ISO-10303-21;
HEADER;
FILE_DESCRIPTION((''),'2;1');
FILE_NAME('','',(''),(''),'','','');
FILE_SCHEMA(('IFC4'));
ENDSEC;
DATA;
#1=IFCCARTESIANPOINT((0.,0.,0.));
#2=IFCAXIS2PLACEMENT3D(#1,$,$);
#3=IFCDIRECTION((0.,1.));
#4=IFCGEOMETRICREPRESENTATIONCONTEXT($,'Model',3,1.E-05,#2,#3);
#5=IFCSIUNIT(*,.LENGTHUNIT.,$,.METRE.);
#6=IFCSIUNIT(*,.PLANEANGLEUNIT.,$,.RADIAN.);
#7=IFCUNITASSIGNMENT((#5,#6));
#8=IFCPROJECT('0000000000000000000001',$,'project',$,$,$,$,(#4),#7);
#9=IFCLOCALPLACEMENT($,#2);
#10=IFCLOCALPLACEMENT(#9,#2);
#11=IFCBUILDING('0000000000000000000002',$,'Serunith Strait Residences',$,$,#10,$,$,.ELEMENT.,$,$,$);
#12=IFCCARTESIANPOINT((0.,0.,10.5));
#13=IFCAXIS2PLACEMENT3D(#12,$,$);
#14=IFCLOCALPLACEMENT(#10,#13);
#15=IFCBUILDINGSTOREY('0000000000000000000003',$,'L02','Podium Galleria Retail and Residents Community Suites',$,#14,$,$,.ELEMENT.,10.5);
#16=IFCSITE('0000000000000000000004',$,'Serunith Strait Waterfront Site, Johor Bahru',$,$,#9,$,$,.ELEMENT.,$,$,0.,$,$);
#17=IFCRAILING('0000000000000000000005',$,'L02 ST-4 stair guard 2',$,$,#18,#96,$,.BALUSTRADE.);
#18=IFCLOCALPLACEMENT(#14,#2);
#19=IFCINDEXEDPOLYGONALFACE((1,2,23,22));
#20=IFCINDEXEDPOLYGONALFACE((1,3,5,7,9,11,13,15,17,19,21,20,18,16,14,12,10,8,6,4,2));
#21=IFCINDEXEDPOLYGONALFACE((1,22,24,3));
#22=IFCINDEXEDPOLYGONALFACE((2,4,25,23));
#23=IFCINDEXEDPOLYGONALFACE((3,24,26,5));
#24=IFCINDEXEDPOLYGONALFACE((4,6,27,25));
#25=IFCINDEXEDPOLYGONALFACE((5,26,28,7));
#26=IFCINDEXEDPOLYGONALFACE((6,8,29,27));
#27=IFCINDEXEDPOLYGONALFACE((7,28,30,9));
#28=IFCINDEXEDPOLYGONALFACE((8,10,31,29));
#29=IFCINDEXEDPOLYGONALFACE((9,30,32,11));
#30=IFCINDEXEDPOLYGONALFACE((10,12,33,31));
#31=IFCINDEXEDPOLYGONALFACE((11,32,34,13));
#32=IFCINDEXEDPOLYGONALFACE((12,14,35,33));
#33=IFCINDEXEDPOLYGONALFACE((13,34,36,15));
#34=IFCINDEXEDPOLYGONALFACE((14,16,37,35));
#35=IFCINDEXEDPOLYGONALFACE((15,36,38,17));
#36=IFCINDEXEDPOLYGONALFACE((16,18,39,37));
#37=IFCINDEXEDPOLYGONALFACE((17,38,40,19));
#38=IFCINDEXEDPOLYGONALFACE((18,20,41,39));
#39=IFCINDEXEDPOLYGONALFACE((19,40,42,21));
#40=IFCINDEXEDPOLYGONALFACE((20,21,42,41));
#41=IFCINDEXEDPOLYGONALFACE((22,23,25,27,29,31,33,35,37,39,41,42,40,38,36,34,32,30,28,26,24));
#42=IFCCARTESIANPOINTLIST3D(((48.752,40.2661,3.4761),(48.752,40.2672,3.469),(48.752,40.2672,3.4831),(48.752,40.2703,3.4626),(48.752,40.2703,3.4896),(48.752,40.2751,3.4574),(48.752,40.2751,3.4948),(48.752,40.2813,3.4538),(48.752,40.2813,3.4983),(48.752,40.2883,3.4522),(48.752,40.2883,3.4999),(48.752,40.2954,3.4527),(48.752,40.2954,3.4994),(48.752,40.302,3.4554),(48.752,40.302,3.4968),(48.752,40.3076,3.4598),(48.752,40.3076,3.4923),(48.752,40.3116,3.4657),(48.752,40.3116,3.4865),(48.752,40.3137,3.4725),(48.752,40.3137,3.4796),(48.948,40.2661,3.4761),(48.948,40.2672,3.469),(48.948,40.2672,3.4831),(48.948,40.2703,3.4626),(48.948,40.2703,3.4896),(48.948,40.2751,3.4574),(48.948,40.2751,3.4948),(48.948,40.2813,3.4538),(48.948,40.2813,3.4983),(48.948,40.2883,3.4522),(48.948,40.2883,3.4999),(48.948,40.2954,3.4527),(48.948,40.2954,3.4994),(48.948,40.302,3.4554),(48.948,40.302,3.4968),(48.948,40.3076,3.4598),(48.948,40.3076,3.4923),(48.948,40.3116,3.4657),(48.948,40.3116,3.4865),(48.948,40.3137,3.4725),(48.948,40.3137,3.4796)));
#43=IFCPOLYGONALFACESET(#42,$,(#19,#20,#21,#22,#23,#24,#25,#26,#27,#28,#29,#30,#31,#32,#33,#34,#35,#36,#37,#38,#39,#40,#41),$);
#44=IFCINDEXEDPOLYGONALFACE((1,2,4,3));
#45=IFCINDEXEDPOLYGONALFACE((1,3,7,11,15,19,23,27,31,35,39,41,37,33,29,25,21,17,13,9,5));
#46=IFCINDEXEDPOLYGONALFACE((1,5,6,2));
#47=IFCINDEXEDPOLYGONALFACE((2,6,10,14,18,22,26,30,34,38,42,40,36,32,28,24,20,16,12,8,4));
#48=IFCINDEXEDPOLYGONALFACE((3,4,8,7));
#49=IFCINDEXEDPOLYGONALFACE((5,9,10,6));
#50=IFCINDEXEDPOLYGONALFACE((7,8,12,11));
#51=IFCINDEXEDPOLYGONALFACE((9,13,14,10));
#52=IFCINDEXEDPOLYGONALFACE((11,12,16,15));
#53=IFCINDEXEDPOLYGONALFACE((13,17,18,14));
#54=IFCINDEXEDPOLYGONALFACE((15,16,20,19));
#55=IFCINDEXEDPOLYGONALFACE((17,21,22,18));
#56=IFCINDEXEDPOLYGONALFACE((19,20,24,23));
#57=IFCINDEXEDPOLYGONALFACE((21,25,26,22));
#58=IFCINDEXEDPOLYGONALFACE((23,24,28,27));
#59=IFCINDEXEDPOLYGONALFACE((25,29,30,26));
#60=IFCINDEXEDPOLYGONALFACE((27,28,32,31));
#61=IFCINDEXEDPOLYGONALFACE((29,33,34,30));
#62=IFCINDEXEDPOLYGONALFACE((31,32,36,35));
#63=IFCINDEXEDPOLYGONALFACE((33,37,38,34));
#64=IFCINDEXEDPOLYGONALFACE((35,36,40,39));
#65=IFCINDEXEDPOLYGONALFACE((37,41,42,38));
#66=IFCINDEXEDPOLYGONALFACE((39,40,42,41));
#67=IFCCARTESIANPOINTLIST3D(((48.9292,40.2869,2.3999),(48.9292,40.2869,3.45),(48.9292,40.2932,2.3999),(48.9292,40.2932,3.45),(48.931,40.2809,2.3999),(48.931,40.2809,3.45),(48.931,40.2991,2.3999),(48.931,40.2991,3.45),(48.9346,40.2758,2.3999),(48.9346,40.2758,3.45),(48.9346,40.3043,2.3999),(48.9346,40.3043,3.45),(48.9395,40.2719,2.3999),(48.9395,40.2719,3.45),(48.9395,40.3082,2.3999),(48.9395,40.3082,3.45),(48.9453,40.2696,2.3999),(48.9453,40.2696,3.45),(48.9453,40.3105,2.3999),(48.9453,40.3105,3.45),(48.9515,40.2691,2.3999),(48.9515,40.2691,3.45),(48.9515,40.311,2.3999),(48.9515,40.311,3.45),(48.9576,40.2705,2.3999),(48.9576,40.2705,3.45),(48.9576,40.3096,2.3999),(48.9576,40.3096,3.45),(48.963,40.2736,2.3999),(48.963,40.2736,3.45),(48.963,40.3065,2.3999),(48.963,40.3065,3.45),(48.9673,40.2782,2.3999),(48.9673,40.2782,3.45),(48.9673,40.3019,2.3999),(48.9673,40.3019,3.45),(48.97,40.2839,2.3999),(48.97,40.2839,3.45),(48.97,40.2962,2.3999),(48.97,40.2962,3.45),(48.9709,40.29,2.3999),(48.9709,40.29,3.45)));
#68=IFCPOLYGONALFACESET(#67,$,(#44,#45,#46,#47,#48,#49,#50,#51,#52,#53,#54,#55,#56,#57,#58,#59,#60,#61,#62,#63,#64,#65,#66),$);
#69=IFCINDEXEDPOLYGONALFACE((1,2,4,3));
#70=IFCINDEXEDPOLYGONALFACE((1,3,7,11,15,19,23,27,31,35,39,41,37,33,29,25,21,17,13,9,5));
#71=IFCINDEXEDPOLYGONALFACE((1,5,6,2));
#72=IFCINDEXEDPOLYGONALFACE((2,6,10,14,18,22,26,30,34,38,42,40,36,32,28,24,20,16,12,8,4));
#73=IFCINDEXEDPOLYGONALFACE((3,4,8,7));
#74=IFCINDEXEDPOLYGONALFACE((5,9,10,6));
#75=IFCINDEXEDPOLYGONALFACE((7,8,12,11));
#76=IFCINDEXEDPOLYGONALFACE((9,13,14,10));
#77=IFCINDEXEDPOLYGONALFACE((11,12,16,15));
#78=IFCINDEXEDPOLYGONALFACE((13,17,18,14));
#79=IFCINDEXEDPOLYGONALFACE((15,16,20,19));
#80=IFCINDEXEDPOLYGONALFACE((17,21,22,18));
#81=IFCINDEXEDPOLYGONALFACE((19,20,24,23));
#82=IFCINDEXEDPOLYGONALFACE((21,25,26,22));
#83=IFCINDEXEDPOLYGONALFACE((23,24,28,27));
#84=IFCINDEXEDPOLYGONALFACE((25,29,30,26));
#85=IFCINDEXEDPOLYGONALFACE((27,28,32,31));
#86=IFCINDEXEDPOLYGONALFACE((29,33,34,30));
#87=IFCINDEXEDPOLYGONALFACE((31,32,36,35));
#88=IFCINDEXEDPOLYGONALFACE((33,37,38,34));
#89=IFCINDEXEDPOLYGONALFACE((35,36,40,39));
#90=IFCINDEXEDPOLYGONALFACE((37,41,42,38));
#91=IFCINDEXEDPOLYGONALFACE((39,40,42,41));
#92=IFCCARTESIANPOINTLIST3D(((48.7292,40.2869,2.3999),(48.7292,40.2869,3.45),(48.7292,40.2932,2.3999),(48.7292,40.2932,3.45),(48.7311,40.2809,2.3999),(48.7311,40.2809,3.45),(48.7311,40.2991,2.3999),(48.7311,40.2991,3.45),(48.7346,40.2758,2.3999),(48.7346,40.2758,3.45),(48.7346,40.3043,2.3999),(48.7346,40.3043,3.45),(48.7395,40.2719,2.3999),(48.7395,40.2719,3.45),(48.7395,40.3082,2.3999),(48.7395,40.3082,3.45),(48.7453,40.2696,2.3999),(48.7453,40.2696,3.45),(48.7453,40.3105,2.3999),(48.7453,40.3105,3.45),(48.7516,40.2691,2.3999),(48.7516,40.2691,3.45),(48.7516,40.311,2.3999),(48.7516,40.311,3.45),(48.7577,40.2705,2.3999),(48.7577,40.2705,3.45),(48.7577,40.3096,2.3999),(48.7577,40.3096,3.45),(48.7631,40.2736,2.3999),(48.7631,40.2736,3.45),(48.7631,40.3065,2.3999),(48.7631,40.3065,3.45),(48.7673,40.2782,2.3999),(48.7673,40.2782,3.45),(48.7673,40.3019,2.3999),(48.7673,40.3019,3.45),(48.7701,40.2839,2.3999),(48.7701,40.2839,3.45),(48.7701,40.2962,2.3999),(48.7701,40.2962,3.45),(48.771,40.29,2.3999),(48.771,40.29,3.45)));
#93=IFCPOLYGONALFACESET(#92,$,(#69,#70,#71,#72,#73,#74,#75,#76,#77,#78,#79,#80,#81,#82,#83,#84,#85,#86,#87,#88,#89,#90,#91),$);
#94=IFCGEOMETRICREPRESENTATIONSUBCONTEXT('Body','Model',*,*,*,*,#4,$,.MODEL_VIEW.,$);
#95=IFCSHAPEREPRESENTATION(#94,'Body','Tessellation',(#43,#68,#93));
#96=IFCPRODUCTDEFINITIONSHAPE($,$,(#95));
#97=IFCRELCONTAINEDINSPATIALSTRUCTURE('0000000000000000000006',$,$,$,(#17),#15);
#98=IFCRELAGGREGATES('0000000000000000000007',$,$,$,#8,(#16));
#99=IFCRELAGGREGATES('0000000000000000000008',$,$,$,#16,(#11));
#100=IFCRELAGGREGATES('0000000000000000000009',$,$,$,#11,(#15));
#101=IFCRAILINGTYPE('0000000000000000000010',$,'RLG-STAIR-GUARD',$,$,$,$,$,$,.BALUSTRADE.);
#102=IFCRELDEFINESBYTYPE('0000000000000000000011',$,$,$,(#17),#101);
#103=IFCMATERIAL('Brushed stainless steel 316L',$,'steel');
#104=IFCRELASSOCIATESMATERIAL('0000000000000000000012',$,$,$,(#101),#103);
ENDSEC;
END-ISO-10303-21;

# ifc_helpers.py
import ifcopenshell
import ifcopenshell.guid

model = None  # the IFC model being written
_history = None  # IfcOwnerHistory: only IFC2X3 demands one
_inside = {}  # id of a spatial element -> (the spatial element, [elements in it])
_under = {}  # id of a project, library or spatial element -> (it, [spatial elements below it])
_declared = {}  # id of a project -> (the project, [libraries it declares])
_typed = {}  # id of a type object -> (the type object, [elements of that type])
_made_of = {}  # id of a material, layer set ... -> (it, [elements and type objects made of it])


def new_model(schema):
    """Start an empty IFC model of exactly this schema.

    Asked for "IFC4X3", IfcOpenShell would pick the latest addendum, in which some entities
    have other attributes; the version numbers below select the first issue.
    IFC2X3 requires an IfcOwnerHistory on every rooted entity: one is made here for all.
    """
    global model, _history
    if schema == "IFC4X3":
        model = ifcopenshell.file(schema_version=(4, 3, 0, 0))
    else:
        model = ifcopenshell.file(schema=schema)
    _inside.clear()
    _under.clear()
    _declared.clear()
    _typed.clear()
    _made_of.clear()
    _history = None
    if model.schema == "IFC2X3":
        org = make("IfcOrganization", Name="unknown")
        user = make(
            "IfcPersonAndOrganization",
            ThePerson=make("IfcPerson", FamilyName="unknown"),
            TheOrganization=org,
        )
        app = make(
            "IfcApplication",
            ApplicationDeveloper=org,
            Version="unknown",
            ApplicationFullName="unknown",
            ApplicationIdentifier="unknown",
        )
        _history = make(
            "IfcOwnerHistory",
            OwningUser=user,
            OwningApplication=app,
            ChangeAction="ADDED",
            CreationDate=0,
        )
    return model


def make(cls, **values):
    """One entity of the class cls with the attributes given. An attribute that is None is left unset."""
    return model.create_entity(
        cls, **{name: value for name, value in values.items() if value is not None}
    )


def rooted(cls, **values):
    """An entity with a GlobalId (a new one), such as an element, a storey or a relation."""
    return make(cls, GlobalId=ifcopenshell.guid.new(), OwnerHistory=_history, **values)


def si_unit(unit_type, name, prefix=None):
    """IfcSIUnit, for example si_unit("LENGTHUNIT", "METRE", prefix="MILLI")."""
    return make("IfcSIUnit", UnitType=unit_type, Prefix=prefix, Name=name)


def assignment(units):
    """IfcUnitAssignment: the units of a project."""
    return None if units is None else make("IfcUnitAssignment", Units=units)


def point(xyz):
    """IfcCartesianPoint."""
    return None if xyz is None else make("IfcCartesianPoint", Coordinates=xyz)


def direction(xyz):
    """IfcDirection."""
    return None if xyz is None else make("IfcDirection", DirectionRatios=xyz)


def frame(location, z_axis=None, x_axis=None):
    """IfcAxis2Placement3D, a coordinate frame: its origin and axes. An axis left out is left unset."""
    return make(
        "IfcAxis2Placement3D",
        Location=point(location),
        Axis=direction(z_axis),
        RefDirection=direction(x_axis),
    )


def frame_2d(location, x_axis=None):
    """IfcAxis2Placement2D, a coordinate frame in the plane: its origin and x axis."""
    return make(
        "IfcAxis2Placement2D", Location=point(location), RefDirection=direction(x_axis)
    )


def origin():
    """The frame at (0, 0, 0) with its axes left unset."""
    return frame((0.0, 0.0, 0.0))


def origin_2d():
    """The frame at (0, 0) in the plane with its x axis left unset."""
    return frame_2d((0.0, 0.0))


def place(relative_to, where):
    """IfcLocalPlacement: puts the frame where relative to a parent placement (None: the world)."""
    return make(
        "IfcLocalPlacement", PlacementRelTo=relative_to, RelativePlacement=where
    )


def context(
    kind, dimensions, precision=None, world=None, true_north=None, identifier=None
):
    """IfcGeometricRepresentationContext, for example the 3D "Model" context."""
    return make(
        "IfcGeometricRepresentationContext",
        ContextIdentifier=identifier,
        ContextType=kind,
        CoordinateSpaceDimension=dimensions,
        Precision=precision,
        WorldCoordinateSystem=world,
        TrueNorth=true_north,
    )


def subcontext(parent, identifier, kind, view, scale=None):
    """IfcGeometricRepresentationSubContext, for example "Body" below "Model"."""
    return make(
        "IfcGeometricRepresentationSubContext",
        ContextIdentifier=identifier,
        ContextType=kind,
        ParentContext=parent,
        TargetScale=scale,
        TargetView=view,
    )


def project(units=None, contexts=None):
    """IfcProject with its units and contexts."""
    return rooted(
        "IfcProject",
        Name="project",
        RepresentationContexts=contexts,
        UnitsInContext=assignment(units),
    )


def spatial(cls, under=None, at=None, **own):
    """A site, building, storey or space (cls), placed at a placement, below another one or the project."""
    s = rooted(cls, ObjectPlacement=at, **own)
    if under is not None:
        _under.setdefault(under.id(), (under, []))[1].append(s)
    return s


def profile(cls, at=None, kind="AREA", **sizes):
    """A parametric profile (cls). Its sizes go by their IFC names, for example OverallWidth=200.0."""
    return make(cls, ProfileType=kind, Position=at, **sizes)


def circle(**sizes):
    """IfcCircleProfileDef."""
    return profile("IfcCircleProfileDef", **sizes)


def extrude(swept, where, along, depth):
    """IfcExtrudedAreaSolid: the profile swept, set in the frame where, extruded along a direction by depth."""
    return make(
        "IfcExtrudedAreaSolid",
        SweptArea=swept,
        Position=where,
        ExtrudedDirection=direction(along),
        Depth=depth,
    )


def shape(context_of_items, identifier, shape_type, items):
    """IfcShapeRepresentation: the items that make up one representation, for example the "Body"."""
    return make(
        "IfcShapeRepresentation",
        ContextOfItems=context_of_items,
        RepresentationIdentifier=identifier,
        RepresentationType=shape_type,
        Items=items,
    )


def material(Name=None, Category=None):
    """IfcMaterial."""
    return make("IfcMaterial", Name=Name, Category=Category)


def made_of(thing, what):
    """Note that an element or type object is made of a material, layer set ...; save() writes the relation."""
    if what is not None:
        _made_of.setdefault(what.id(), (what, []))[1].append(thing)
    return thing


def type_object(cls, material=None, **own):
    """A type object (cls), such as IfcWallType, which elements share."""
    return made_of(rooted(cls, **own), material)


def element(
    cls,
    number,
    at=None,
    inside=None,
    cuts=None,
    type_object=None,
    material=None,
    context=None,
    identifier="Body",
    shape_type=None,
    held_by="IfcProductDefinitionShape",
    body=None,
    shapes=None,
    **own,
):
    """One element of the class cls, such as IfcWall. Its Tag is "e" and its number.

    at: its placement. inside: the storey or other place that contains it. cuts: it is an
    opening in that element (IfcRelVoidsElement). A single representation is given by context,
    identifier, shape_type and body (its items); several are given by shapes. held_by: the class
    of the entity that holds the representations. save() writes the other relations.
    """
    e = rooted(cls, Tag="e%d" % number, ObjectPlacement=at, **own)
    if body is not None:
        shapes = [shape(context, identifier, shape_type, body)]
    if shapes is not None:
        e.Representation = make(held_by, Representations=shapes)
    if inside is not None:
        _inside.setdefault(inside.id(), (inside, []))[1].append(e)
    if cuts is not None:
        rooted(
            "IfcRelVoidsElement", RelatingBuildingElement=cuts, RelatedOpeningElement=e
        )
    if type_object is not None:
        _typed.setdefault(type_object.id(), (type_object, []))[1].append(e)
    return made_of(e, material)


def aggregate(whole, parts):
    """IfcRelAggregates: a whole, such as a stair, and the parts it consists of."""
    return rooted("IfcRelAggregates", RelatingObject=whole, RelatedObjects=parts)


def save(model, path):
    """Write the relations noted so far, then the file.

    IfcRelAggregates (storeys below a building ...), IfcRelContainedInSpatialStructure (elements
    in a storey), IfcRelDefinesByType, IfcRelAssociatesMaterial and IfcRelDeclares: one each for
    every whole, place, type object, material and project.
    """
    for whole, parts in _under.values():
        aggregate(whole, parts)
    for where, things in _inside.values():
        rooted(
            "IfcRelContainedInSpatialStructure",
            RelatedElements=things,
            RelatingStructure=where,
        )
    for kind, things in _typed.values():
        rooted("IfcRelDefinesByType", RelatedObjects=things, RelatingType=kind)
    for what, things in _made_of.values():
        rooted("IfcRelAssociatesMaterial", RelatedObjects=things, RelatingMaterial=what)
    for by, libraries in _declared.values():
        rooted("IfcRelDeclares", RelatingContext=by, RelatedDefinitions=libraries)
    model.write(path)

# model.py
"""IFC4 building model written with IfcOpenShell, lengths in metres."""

from ifc_helpers import new_model, si_unit, direction, frame, origin, origin_2d, place, context, subcontext, project, spatial, circle, extrude, material, type_object, element, save


model = new_model("IFC4")

# Units and contexts
model_context = context("Model", 3, precision=1e-05, world=origin(), true_north=direction((0.0, 1.0)))
body_context = subcontext(model_context, "Body", "Model", "MODEL_VIEW")
ifc_project = project(units=[si_unit("LENGTHUNIT", "METRE"), si_unit("PLANEANGLEUNIT", "RADIAN")], contexts=[model_context])

# Site, building, storey
site_placement = place(None, origin())
site = spatial("IfcSite", under=ifc_project, at=site_placement, Name="Serunith Strait Waterfront Site, Johor Bahru", CompositionType="ELEMENT", RefElevation=0.0)
building_placement = place(site_placement, origin())
building = spatial("IfcBuilding", under=site, at=building_placement, Name="Serunith Strait Residences", CompositionType="ELEMENT")
storey_placement = place(building_placement, frame((0.0, 0.0, 10.5)))
storey = spatial("IfcBuildingStorey", under=building, at=storey_placement, Name="L02", Description="Podium Galleria Retail and Residents Community Suites", CompositionType="ELEMENT", Elevation=10.5)

# Railing
ifc_material_1 = material(Name="Brushed stainless steel 316L", Category="steel")
railing_type_1 = type_object("IfcRailingType", Name="RLG-STAIR-GUARD", PredefinedType="BALUSTRADE", material=ifc_material_1)
railing_1_placement = place(storey_placement, frame((48.95, 40.29, 2.3999)))
element("IfcRailing", 1, at=railing_1_placement, inside=storey, type_object=railing_type_1, Name="L02 ST-4 stair guard 2", PredefinedType="BALUSTRADE", context=body_context, shape_type="SweptSolid", body=[
    extrude(circle(Radius=0.0239, at=origin_2d()), frame((-0.002, 0.0, 1.0762), z_axis=(-1.0, 0.0, 0.0), x_axis=(0.0, -1.0, 0.0)), (0.0, 0.0, 1.0), 0.196),
    extrude(circle(Radius=0.021, at=origin_2d()), origin(), (0.0, 0.0, 1.0), 1.05),
    extrude(circle(Radius=0.021, at=origin_2d()), frame((-0.2, 0.0, 0.0)), (0.0, 0.0, 1.0), 1.05),
])

save(model, "model.ifc")
